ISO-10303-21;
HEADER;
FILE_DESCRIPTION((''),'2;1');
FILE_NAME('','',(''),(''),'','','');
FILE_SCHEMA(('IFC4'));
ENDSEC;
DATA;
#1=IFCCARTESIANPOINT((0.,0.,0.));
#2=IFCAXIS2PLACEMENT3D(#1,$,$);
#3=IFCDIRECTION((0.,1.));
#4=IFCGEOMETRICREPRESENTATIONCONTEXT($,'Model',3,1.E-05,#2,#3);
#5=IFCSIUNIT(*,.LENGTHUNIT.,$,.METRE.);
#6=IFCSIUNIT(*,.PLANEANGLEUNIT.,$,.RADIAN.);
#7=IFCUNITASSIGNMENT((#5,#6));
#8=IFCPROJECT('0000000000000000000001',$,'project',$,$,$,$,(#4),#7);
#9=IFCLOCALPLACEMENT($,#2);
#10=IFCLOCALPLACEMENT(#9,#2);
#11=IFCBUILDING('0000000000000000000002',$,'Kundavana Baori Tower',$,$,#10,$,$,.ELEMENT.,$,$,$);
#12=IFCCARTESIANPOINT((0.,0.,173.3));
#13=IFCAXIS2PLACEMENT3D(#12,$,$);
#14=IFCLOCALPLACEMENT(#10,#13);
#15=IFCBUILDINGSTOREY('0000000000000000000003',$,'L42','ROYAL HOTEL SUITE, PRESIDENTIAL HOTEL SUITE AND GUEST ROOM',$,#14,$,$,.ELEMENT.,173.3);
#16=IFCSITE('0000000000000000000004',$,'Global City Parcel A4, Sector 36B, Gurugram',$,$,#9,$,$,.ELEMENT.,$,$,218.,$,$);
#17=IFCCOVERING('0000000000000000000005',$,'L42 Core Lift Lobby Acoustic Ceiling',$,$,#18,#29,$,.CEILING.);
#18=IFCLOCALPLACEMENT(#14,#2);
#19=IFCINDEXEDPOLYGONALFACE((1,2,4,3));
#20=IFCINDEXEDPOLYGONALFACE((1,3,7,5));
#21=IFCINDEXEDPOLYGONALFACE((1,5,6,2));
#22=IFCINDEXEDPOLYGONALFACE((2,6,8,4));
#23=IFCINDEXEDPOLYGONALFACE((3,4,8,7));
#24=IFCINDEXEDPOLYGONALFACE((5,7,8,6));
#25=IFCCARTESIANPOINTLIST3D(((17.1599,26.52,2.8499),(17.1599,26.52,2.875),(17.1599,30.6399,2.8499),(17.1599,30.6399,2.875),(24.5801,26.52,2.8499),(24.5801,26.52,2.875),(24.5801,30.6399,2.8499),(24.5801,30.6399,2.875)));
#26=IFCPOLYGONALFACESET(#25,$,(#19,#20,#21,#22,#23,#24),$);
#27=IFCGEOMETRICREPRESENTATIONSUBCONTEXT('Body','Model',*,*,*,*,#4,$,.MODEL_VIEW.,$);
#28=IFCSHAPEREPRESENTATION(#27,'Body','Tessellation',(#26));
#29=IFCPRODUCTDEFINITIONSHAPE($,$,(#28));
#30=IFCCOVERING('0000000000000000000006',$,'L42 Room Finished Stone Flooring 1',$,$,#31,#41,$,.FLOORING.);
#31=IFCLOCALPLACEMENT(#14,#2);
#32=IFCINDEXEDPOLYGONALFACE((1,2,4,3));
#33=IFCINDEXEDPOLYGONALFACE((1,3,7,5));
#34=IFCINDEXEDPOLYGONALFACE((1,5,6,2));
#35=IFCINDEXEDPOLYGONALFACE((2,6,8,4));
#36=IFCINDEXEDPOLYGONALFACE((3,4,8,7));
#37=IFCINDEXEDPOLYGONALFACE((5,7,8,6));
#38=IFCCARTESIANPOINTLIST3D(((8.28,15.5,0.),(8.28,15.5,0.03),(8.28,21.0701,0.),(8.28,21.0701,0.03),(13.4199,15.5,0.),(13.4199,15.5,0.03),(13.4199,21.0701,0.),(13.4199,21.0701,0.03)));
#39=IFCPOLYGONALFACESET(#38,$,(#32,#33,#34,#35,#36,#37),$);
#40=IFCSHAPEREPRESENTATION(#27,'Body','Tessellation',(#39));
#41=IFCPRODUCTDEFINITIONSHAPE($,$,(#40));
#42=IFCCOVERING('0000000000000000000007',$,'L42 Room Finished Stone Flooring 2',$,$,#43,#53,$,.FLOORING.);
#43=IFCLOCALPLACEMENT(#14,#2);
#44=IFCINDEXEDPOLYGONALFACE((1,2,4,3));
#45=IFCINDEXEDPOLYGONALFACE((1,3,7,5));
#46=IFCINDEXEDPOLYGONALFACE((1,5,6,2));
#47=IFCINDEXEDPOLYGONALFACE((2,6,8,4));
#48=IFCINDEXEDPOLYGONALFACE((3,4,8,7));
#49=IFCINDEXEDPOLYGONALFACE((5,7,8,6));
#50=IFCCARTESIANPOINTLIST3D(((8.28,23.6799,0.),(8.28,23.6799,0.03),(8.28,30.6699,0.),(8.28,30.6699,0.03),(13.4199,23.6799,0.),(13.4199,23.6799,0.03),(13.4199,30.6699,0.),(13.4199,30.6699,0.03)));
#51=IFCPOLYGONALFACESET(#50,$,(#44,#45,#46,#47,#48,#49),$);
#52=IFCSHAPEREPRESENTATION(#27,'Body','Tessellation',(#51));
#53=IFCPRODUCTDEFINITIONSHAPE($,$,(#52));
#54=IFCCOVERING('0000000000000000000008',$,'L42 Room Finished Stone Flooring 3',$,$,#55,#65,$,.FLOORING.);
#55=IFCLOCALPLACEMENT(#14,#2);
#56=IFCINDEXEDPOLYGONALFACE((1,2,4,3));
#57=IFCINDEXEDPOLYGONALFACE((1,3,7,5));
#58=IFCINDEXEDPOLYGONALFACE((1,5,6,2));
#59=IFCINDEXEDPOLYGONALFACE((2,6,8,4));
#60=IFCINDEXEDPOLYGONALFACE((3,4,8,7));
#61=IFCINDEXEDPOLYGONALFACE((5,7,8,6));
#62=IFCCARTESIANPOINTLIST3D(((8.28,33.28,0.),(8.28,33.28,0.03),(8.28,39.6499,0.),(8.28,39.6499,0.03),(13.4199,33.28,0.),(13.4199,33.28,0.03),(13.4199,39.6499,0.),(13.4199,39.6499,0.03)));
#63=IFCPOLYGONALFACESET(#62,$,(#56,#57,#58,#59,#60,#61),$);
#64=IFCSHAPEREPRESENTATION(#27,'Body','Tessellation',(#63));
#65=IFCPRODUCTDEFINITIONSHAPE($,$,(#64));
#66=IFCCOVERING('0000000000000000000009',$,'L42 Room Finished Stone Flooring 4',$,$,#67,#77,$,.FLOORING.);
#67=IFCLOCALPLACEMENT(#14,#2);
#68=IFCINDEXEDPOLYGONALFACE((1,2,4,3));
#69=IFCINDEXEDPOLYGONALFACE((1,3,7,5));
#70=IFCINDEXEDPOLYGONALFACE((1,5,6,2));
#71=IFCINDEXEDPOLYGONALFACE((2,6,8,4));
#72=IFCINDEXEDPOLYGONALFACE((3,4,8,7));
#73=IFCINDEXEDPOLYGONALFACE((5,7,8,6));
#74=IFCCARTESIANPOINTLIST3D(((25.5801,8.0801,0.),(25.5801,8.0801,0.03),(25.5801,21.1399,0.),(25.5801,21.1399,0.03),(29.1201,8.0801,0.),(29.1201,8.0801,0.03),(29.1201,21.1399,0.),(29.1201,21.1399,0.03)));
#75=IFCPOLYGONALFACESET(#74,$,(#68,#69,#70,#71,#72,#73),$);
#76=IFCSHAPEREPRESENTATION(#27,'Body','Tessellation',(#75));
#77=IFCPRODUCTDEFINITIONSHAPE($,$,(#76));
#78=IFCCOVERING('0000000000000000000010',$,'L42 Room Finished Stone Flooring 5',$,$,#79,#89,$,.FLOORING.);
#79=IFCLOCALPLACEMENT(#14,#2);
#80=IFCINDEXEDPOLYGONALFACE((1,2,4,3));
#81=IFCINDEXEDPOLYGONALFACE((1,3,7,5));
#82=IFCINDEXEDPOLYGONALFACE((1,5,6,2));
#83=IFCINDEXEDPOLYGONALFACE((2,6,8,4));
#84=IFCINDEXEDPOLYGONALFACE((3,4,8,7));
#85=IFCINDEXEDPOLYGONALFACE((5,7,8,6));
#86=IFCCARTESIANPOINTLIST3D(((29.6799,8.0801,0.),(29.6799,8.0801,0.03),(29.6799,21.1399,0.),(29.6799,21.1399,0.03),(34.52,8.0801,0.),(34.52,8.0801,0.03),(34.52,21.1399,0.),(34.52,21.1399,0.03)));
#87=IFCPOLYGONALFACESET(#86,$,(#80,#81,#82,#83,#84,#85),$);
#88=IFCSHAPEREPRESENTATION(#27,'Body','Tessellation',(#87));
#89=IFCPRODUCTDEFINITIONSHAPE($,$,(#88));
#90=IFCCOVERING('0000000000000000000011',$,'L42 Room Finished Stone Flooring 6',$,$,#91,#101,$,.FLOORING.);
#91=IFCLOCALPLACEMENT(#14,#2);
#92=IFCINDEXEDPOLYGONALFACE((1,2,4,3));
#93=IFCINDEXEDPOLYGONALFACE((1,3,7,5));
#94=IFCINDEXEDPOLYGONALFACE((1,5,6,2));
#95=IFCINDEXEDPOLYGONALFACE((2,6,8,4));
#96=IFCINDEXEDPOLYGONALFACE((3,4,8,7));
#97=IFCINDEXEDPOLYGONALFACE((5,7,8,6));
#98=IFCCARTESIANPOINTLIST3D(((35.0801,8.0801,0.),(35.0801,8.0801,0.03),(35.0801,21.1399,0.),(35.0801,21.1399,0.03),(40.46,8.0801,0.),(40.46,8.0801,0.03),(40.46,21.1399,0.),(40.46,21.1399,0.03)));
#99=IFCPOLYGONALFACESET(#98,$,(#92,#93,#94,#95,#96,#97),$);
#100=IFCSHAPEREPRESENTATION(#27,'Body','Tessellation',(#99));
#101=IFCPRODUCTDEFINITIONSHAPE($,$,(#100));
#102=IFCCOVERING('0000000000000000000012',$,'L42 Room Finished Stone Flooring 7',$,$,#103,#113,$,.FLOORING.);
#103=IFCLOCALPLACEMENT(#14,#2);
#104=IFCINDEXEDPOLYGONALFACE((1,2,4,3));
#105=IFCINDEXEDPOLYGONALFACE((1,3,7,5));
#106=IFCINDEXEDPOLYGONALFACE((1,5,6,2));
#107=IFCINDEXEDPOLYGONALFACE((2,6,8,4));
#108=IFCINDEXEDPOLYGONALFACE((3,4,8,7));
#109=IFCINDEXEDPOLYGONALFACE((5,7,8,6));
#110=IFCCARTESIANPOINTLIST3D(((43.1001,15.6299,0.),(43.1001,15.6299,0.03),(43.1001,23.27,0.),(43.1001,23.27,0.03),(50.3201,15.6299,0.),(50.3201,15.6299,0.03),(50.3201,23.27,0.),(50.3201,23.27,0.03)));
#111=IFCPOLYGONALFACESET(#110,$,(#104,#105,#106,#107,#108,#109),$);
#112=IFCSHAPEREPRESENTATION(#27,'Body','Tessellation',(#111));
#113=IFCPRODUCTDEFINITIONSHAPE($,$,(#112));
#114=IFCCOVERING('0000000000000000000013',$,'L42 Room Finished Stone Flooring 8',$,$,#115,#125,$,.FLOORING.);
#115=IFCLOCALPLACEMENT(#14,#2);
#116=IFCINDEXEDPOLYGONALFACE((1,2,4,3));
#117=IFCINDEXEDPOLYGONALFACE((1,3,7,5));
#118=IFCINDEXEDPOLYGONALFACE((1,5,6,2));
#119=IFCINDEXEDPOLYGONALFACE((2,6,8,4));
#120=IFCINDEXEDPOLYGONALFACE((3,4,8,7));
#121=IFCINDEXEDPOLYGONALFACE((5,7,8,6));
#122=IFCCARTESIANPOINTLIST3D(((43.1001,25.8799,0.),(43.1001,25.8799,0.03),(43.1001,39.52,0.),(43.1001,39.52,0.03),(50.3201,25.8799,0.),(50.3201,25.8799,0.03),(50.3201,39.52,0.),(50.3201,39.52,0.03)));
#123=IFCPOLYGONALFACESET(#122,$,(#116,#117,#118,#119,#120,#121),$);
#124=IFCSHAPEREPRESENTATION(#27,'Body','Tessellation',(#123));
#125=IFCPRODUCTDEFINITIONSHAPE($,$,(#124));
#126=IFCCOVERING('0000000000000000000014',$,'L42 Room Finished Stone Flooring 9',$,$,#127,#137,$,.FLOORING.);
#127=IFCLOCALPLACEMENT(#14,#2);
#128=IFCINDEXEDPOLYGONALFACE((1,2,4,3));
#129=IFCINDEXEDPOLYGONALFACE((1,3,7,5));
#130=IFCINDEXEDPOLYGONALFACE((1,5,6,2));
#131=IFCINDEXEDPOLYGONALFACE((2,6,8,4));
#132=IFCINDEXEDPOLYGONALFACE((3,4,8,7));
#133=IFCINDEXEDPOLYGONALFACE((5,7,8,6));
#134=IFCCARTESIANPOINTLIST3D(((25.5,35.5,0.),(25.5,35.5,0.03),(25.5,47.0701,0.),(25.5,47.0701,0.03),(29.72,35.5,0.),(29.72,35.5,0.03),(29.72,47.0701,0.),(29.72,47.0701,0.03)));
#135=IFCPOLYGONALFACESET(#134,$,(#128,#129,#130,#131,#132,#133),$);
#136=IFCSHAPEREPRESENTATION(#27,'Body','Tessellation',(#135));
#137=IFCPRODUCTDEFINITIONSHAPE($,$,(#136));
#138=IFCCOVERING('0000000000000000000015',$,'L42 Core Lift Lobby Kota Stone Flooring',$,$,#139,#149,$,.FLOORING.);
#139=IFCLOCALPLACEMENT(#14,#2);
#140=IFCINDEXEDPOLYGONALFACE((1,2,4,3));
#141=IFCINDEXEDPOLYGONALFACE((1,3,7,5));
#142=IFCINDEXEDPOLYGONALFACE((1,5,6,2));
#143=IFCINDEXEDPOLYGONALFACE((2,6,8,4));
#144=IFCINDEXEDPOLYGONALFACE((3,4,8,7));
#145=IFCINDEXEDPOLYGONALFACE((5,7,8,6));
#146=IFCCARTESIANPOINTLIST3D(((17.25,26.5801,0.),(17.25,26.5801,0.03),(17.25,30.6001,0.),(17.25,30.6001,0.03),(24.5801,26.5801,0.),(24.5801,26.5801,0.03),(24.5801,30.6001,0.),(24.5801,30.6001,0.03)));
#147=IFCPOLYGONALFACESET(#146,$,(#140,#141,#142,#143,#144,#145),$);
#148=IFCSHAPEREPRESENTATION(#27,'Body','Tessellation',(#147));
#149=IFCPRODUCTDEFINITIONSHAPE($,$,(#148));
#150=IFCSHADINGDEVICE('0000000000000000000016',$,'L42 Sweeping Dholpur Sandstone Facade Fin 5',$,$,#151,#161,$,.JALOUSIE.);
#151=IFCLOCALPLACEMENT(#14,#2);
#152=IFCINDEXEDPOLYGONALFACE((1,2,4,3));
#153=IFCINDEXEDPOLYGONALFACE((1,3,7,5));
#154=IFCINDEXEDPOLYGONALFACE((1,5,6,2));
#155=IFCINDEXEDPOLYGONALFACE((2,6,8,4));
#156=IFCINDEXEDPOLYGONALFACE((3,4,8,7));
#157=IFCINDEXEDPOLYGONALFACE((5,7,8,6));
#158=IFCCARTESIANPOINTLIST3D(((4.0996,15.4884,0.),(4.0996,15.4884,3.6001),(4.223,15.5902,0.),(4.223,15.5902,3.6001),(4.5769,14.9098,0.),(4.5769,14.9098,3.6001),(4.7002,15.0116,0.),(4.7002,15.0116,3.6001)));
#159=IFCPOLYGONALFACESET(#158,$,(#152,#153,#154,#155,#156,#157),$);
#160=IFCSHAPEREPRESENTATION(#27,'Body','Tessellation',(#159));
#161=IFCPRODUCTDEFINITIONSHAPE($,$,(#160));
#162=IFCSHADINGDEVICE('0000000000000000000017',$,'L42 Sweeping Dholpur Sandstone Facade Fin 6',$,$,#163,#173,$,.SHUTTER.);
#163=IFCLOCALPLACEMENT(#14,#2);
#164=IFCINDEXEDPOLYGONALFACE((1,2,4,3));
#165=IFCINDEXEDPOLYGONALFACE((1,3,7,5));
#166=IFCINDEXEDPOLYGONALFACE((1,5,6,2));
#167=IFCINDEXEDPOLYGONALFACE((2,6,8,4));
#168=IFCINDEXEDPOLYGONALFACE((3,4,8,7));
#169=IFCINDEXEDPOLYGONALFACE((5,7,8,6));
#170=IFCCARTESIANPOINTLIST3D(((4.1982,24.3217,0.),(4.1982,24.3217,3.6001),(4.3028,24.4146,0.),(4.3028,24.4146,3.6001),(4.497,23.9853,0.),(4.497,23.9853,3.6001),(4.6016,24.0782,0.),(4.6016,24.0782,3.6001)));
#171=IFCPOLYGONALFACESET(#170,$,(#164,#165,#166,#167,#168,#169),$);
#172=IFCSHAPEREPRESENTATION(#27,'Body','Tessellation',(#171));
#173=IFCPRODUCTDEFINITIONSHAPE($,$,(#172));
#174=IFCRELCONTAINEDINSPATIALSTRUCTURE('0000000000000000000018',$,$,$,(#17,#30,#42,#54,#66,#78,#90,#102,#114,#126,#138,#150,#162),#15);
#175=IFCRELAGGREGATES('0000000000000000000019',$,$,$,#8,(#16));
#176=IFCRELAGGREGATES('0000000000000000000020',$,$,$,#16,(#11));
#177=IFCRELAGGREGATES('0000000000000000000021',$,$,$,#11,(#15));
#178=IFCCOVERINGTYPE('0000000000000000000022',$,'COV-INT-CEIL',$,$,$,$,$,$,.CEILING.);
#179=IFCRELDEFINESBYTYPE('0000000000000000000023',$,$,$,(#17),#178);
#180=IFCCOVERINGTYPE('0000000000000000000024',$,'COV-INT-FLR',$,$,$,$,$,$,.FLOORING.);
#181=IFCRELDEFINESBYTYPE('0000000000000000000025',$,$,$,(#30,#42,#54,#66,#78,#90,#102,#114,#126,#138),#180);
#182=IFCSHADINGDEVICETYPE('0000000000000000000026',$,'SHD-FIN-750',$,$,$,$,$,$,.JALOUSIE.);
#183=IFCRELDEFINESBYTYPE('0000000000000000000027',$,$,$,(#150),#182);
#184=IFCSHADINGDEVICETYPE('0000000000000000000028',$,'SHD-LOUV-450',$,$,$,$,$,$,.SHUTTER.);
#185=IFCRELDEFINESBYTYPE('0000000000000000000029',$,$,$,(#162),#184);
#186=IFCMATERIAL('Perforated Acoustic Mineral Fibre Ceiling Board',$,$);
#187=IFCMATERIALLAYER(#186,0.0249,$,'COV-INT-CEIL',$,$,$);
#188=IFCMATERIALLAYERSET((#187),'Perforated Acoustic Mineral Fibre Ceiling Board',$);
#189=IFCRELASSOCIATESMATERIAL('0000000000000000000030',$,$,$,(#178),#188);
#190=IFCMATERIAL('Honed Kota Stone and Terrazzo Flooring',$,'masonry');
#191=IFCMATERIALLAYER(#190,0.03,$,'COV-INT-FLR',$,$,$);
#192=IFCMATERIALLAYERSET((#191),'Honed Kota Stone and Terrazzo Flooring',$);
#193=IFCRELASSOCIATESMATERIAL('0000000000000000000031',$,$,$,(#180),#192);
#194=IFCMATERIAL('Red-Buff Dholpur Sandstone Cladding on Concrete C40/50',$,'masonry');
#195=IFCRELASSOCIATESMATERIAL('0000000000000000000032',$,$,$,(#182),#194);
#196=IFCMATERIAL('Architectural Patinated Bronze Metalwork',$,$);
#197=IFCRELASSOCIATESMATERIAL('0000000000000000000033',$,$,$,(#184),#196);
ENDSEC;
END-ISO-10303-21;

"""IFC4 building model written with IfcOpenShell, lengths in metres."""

from ifc_helpers import new_model, si_unit, direction, frame, origin, origin_2d, place, context, subcontext, project, spatial, polyline, rectangle, outline, extrude, material, layer, layer_set, type_object, element, save


model = new_model("IFC4")

# Units and contexts
model_context = context("Model", 3, precision=1e-05, world=origin(), true_north=direction((0.0, 1.0)))
body_context = subcontext(model_context, "Body", "Model", "MODEL_VIEW")
ifc_project = project(units=[si_unit("LENGTHUNIT", "METRE"), si_unit("PLANEANGLEUNIT", "RADIAN")], contexts=[model_context])

# Site, building, storey
site_placement = place(None, origin())
site = spatial("IfcSite", under=ifc_project, at=site_placement, Name="Global City Parcel A4, Sector 36B, Gurugram", CompositionType="ELEMENT", RefElevation=218.0)
building_placement = place(site_placement, origin())
building = spatial("IfcBuilding", under=site, at=building_placement, Name="Kundavana Baori Tower", CompositionType="ELEMENT")
storey_placement = place(building_placement, frame((0.0, 0.0, 173.3)))
storey = spatial("IfcBuildingStorey", under=building, at=storey_placement, Name="L42", Description="ROYAL HOTEL SUITE, PRESIDENTIAL HOTEL SUITE AND GUEST ROOM", CompositionType="ELEMENT", Elevation=173.3)

# Coverings
ifc_material_1 = material(Name="Perforated Acoustic Mineral Fibre Ceiling Board")
ifc_layer_1 = layer(ifc_material_1, 0.0249, Name="COV-INT-CEIL")
ifc_layer_set_1 = layer_set([ifc_layer_1], Name="Perforated Acoustic Mineral Fibre Ceiling Board")
covering_type_1 = type_object("IfcCoveringType", Name="COV-INT-CEIL", PredefinedType="CEILING", material=ifc_layer_set_1)
covering_1_placement = place(storey_placement, frame((0.0, 0.0, 2.8499)))
element("IfcCovering", 1, at=covering_1_placement, inside=storey, type_object=covering_type_1, Name="L42 Core Lift Lobby Acoustic Ceiling", PredefinedType="CEILING", context=body_context, shape_type="SweptSolid", body=[
    extrude(outline(polyline([(17.1599, 26.52), (24.5801, 26.52), (24.5801, 30.6399), (17.1599, 30.6399), (17.1599, 26.52)])), origin(), (0.0, 0.0, 1.0), 0.0251),
])
ifc_material_2 = material(Name="Honed Kota Stone and Terrazzo Flooring", Category="masonry")
ifc_layer_2 = layer(ifc_material_2, 0.03, Name="COV-INT-FLR")
ifc_layer_set_2 = layer_set([ifc_layer_2], Name="Honed Kota Stone and Terrazzo Flooring")
covering_type_2 = type_object("IfcCoveringType", Name="COV-INT-FLR", PredefinedType="FLOORING", material=ifc_layer_set_2)
covering_2_placement = place(storey_placement, origin())
element("IfcCovering", 2, at=covering_2_placement, inside=storey, type_object=covering_type_2, Name="L42 Room Finished Stone Flooring 1", PredefinedType="FLOORING", context=body_context, shape_type="SweptSolid", body=[
    extrude(outline(polyline([(8.28, 15.5), (13.4199, 15.5), (13.4199, 21.0701), (8.28, 21.0701), (8.28, 15.5)])), origin(), (0.0, 0.0, 1.0), 0.03),
])
covering_3_placement = place(storey_placement, origin())
element("IfcCovering", 3, at=covering_3_placement, inside=storey, type_object=covering_type_2, Name="L42 Room Finished Stone Flooring 2", PredefinedType="FLOORING", context=body_context, shape_type="SweptSolid", body=[
    extrude(outline(polyline([(8.28, 23.6799), (13.4199, 23.6799), (13.4199, 30.6699), (8.28, 30.6699), (8.28, 23.6799)])), origin(), (0.0, 0.0, 1.0), 0.03),
])
covering_4_placement = place(storey_placement, origin())
element("IfcCovering", 4, at=covering_4_placement, inside=storey, type_object=covering_type_2, Name="L42 Room Finished Stone Flooring 3", PredefinedType="FLOORING", context=body_context, shape_type="SweptSolid", body=[
    extrude(outline(polyline([(8.28, 33.28), (13.4199, 33.28), (13.4199, 39.6499), (8.28, 39.6499), (8.28, 33.28)])), origin(), (0.0, 0.0, 1.0), 0.03),
])
covering_5_placement = place(storey_placement, origin())
element("IfcCovering", 5, at=covering_5_placement, inside=storey, type_object=covering_type_2, Name="L42 Room Finished Stone Flooring 4", PredefinedType="FLOORING", context=body_context, shape_type="SweptSolid", body=[
    extrude(outline(polyline([(25.5801, 8.0801), (29.1201, 8.0801), (29.1201, 21.1399), (25.5801, 21.1399), (25.5801, 8.0801)])), origin(), (0.0, 0.0, 1.0), 0.03),
])
covering_6_placement = place(storey_placement, origin())
element("IfcCovering", 6, at=covering_6_placement, inside=storey, type_object=covering_type_2, Name="L42 Room Finished Stone Flooring 5", PredefinedType="FLOORING", context=body_context, shape_type="SweptSolid", body=[
    extrude(outline(polyline([(29.6799, 8.0801), (34.52, 8.0801), (34.52, 21.1399), (29.6799, 21.1399), (29.6799, 8.0801)])), origin(), (0.0, 0.0, 1.0), 0.03),
])
covering_7_placement = place(storey_placement, origin())
element("IfcCovering", 7, at=covering_7_placement, inside=storey, type_object=covering_type_2, Name="L42 Room Finished Stone Flooring 6", PredefinedType="FLOORING", context=body_context, shape_type="SweptSolid", body=[
    extrude(outline(polyline([(35.0801, 8.0801), (40.46, 8.0801), (40.46, 21.1399), (35.0801, 21.1399), (35.0801, 8.0801)])), origin(), (0.0, 0.0, 1.0), 0.03),
])
covering_8_placement = place(storey_placement, origin())
element("IfcCovering", 8, at=covering_8_placement, inside=storey, type_object=covering_type_2, Name="L42 Room Finished Stone Flooring 7", PredefinedType="FLOORING", context=body_context, shape_type="SweptSolid", body=[
    extrude(outline(polyline([(43.1001, 15.6299), (50.3201, 15.6299), (50.3201, 23.27), (43.1001, 23.27), (43.1001, 15.6299)])), origin(), (0.0, 0.0, 1.0), 0.03),
])
covering_9_placement = place(storey_placement, origin())
element("IfcCovering", 9, at=covering_9_placement, inside=storey, type_object=covering_type_2, Name="L42 Room Finished Stone Flooring 8", PredefinedType="FLOORING", context=body_context, shape_type="SweptSolid", body=[
    extrude(outline(polyline([(43.1001, 25.8799), (50.3201, 25.8799), (50.3201, 39.52), (43.1001, 39.52), (43.1001, 25.8799)])), origin(), (0.0, 0.0, 1.0), 0.03),
])
covering_10_placement = place(storey_placement, origin())
element("IfcCovering", 10, at=covering_10_placement, inside=storey, type_object=covering_type_2, Name="L42 Room Finished Stone Flooring 9", PredefinedType="FLOORING", context=body_context, shape_type="SweptSolid", body=[
    extrude(outline(polyline([(25.5, 35.5), (29.72, 35.5), (29.72, 47.0701), (25.5, 47.0701), (25.5, 35.5)])), origin(), (0.0, 0.0, 1.0), 0.03),
])
covering_11_placement = place(storey_placement, origin())
element("IfcCovering", 11, at=covering_11_placement, inside=storey, type_object=covering_type_2, Name="L42 Core Lift Lobby Kota Stone Flooring", PredefinedType="FLOORING", context=body_context, shape_type="SweptSolid", body=[
    extrude(outline(polyline([(17.25, 26.5801), (24.5801, 26.5801), (24.5801, 30.6001), (17.25, 30.6001), (17.25, 26.5801)])), origin(), (0.0, 0.0, 1.0), 0.03),
])

# Shading devices
ifc_material_3 = material(Name="Red-Buff Dholpur Sandstone Cladding on Concrete C40/50", Category="masonry")
shading_device_type_1 = type_object("IfcShadingDeviceType", Name="SHD-FIN-750", PredefinedType="JALOUSIE", material=ifc_material_3)
shading_device_1_placement = place(storey_placement, frame((4.3999, 15.25, 0.0), z_axis=(0.0, 0.0, 1.0), x_axis=(0.771403, 0.636348, 0.0)))
element("IfcShadingDevice", 12, at=shading_device_1_placement, inside=storey, type_object=shading_device_type_1, Name="L42 Sweeping Dholpur Sandstone Facade Fin 5", PredefinedType="JALOUSIE", context=body_context, shape_type="SweptSolid", body=[
    extrude(rectangle(XDim=0.1599, YDim=0.75, at=origin_2d()), origin(), (0.0, 0.0, 1.0), 3.6001),
])
ifc_material_4 = material(Name="Architectural Patinated Bronze Metalwork")
shading_device_type_2 = type_object("IfcShadingDeviceType", Name="SHD-LOUV-450", PredefinedType="SHUTTER", material=ifc_material_4)
shading_device_2_placement = place(storey_placement, frame((4.3999, 24.2, 0.0), z_axis=(0.0, 0.0, 1.0), x_axis=(0.747682, 0.664057, 0.0)))
element("IfcShadingDevice", 13, at=shading_device_2_placement, inside=storey, type_object=shading_device_type_2, Name="L42 Sweeping Dholpur Sandstone Facade Fin 6", PredefinedType="SHUTTER", context=body_context, shape_type="SweptSolid", body=[
    extrude(rectangle(XDim=0.1399, YDim=0.45, at=origin_2d()), origin(), (0.0, 0.0, 1.0), 3.6001),
])

save(model, "model.ifc")
